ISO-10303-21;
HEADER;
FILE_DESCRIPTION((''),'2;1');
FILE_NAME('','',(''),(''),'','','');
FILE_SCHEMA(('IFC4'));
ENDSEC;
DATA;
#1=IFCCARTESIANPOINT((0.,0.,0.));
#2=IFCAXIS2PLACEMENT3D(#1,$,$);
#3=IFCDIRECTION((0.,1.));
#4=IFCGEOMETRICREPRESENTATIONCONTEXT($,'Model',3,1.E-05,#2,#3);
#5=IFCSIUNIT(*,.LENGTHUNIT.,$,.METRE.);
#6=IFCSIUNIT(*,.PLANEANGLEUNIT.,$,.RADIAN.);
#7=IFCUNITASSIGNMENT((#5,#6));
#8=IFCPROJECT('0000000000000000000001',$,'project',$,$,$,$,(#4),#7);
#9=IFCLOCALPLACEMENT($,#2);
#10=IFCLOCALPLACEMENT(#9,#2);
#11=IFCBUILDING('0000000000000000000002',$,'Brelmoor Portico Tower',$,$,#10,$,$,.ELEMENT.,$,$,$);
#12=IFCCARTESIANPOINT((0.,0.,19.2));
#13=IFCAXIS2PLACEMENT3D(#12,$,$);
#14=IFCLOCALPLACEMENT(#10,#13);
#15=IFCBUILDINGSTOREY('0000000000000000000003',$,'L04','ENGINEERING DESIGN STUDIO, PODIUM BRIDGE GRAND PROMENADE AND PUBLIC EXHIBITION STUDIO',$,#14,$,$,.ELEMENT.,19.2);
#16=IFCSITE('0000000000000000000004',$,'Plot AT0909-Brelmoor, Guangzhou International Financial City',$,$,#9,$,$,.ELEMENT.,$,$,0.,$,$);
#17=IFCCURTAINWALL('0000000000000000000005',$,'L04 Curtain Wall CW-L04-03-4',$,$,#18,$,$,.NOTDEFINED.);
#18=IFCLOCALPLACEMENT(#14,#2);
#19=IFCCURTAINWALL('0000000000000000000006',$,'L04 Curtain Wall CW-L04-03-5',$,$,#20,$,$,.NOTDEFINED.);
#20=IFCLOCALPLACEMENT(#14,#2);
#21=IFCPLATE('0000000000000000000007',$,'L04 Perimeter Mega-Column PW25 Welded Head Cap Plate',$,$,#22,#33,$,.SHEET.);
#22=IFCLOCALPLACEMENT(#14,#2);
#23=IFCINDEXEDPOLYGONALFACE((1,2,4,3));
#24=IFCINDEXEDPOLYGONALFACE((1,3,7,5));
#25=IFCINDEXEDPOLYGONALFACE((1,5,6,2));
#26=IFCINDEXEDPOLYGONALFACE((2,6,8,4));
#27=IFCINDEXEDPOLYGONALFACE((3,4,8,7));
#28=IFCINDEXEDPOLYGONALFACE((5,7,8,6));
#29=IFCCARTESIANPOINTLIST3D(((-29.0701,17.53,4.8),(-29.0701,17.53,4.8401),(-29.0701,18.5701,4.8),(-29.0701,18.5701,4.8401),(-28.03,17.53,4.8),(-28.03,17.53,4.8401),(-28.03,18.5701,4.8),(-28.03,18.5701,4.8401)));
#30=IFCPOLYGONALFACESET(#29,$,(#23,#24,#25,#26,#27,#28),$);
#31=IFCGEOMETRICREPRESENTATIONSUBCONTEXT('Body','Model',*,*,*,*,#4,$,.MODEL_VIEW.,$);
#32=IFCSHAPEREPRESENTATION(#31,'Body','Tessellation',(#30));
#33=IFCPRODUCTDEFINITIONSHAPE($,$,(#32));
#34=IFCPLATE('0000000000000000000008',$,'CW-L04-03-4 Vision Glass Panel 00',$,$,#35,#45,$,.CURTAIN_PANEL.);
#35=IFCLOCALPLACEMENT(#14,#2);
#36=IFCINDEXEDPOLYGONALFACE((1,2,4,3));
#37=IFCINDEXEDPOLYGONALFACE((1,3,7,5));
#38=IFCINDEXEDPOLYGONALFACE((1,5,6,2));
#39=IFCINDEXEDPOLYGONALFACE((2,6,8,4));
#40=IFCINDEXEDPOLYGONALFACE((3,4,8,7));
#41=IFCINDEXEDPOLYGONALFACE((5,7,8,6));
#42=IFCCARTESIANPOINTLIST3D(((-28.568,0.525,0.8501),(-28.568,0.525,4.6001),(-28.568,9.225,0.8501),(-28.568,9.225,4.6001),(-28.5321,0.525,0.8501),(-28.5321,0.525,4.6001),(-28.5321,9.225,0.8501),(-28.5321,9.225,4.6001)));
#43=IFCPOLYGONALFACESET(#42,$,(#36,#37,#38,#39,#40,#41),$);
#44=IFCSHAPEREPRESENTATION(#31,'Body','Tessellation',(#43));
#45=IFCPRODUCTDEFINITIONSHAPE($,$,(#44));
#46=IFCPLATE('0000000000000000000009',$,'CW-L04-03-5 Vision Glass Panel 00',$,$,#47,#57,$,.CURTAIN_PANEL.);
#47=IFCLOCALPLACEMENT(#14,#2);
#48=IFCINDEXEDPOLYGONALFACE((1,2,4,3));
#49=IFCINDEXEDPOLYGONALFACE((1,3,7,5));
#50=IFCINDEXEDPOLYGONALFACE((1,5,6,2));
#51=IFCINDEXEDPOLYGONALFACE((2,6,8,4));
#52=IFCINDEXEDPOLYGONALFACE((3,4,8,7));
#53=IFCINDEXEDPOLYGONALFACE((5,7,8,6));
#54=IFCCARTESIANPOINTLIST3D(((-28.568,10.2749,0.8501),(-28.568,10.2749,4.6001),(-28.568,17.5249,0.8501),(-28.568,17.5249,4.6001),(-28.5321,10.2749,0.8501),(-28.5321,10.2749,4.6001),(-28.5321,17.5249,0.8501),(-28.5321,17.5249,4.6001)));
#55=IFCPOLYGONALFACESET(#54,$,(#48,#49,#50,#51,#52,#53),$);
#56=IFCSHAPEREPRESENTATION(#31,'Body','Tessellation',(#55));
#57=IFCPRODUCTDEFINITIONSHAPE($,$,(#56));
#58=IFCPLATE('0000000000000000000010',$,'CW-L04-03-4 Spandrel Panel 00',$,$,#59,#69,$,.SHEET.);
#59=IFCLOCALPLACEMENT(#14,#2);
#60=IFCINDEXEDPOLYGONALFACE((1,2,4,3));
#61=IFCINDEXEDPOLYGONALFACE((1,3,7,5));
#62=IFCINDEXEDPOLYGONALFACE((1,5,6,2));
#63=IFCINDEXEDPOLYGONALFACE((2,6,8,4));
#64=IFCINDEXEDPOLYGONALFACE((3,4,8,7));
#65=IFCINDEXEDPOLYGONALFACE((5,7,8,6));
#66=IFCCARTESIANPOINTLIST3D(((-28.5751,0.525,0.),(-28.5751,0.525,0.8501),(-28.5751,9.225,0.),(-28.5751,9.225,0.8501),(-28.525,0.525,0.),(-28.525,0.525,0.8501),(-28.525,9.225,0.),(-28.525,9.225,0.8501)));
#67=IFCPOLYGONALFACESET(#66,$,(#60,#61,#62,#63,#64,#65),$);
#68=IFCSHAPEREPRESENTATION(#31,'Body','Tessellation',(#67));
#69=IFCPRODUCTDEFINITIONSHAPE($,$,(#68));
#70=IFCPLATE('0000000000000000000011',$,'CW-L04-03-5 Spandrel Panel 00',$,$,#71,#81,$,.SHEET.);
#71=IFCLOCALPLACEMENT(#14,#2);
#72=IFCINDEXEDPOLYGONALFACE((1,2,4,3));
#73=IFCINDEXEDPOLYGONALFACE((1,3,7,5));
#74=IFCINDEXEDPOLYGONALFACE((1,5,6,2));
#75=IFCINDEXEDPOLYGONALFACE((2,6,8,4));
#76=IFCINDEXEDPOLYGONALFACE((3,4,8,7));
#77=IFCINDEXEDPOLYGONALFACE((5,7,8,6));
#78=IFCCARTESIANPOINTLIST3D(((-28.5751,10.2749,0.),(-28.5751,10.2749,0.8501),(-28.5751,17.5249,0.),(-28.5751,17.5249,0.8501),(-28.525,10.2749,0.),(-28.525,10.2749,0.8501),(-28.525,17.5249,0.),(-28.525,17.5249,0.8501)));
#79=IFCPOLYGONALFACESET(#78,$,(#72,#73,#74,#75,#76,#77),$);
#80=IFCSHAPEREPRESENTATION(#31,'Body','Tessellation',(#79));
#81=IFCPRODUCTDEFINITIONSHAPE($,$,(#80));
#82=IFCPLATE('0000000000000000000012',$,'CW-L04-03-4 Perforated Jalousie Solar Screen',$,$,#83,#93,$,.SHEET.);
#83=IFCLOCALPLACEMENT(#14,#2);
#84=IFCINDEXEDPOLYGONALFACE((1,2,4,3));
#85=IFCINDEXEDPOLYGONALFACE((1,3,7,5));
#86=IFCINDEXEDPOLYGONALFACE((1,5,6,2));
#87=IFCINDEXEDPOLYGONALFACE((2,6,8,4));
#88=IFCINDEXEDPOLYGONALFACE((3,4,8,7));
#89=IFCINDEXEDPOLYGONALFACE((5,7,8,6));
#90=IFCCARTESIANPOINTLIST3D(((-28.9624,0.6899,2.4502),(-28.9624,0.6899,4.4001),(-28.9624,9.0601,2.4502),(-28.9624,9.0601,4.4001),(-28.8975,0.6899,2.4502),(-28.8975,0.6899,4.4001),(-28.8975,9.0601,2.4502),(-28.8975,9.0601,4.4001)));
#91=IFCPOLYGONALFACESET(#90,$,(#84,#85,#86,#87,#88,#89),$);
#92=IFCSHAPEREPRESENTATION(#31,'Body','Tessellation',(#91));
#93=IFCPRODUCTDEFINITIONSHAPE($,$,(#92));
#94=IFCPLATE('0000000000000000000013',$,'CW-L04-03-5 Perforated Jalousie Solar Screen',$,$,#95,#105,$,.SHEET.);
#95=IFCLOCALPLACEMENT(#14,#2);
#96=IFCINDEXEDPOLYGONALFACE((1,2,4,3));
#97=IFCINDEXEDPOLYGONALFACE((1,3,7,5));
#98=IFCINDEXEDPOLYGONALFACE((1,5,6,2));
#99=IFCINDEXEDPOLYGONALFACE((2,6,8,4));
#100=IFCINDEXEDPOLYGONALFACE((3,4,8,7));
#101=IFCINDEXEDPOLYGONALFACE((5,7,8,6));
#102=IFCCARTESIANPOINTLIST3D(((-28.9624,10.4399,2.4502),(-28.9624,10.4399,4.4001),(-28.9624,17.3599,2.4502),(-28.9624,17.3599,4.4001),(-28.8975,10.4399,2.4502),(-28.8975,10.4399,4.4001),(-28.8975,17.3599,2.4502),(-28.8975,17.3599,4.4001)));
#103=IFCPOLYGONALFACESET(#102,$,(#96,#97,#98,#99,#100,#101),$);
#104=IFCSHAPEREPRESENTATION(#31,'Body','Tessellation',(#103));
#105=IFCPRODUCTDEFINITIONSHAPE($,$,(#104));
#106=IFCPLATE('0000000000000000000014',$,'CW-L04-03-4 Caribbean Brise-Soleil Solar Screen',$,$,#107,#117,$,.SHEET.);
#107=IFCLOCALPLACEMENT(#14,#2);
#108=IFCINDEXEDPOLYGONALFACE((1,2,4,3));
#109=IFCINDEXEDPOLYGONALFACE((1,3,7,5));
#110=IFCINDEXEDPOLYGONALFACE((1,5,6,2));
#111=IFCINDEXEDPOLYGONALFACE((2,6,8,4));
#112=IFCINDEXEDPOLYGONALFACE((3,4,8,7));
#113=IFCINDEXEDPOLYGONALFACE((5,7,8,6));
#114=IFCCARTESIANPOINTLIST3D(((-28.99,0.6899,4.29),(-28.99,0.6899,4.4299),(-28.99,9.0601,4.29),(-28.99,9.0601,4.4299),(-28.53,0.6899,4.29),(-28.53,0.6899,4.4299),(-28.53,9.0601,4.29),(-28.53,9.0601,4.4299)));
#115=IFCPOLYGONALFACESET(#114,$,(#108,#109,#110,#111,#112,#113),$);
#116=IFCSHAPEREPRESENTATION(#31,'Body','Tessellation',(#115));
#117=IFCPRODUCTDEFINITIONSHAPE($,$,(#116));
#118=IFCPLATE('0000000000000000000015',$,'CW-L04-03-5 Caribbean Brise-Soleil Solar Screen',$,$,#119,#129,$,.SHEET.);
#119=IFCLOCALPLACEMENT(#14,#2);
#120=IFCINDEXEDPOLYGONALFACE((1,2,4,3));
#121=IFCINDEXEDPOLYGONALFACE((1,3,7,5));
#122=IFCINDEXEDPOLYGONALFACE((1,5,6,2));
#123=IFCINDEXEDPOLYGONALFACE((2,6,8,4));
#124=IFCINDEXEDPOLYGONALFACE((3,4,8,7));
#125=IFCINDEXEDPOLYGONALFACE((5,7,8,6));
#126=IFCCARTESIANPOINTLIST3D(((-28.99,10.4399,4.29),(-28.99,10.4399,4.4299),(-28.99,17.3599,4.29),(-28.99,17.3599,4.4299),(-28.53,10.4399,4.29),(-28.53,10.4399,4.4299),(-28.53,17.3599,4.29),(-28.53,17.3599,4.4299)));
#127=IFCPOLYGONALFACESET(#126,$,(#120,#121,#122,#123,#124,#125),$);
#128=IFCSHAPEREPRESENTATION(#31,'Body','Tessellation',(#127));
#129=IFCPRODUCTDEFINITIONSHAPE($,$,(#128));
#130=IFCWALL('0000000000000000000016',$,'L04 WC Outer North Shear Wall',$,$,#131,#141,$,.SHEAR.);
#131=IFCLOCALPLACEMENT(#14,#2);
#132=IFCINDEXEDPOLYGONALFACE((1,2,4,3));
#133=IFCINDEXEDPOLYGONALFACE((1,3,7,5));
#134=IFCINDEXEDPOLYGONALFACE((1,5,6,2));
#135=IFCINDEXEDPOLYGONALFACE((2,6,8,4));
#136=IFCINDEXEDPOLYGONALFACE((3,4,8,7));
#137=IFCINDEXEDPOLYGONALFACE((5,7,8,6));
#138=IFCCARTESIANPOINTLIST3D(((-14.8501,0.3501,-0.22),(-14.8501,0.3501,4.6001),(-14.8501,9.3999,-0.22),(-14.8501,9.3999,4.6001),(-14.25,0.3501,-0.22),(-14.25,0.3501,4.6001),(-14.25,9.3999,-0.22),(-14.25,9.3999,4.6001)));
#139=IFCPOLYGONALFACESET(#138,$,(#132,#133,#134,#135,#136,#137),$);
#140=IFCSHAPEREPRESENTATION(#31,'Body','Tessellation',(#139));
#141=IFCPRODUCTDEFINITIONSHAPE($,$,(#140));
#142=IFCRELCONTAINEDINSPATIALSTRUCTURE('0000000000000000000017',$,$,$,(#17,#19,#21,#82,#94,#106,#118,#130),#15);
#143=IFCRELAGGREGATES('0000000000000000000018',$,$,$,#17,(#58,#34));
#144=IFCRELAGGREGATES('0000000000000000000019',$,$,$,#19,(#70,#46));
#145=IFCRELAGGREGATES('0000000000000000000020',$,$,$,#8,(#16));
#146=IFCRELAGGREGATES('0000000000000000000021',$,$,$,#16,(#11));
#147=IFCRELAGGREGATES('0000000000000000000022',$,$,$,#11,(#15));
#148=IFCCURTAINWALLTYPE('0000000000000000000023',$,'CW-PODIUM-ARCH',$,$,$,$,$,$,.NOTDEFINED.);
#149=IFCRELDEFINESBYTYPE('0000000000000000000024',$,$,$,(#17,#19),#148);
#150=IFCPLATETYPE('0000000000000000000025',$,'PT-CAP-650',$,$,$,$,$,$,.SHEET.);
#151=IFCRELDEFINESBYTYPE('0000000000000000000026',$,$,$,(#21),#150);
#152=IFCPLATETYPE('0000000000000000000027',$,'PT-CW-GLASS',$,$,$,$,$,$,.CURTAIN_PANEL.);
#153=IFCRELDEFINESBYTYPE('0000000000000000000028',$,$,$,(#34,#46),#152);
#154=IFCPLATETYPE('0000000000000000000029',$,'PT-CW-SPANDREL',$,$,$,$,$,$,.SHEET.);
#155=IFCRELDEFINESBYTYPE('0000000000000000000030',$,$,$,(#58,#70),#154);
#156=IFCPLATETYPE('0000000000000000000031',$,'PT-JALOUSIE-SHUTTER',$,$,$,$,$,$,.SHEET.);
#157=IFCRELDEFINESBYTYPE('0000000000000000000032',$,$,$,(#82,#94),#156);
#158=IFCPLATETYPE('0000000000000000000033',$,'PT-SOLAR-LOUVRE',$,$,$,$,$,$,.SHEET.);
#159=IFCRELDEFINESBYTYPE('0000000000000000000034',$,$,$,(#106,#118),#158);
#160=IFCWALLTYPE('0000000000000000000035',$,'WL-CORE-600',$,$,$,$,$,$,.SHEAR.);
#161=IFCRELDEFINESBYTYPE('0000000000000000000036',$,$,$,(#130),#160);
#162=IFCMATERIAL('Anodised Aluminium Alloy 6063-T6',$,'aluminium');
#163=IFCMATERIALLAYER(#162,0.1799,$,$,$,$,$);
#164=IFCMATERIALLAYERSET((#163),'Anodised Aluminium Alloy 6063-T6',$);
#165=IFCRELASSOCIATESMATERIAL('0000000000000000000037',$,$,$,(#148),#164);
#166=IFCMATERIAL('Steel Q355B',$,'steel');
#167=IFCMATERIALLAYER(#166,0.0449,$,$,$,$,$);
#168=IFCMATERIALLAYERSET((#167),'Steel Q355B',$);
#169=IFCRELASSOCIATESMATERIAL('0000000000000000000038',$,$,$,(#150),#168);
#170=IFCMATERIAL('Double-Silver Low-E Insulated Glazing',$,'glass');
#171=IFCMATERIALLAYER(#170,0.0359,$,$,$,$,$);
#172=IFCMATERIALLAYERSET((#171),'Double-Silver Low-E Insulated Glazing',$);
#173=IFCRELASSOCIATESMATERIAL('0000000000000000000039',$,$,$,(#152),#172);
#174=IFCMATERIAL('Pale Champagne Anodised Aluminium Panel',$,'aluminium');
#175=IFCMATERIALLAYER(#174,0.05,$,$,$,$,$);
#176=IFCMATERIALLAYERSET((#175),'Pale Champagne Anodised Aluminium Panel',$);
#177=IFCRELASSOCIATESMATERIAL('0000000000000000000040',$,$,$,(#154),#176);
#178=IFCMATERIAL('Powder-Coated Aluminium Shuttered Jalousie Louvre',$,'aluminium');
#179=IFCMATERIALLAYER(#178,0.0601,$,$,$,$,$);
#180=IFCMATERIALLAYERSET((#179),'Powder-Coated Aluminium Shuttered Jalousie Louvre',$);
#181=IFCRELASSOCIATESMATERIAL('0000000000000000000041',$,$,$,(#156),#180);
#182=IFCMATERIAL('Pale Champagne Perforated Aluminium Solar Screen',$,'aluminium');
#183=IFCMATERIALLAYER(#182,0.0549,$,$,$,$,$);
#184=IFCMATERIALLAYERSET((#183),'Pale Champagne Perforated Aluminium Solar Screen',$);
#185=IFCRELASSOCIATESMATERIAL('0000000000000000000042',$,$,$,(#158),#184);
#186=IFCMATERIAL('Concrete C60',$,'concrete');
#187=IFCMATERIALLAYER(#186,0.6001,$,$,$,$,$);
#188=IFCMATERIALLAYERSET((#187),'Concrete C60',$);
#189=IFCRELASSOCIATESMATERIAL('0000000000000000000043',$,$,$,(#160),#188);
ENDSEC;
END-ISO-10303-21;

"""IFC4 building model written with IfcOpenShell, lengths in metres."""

from ifc_helpers import new_model, si_unit, direction, frame, frame_2d, origin, origin_2d, place, context, subcontext, project, spatial, rectangle, extrude, material, layer, layer_set, type_object, element, aggregate, save


model = new_model("IFC4")

# Units and contexts
model_context = context("Model", 3, precision=1e-05, world=origin(), true_north=direction((0.0, 1.0)))
body_context = subcontext(model_context, "Body", "Model", "MODEL_VIEW")
ifc_project = project(units=[si_unit("LENGTHUNIT", "METRE"), si_unit("PLANEANGLEUNIT", "RADIAN")], contexts=[model_context])

# Site, building, storey
site_placement = place(None, origin())
site = spatial("IfcSite", under=ifc_project, at=site_placement, Name="Plot AT0909-Brelmoor, Guangzhou International Financial City", CompositionType="ELEMENT", RefElevation=0.0)
building_placement = place(site_placement, origin())
building = spatial("IfcBuilding", under=site, at=building_placement, Name="Brelmoor Portico Tower", CompositionType="ELEMENT")
storey_placement = place(building_placement, frame((0.0, 0.0, 19.2)))
storey = spatial("IfcBuildingStorey", under=building, at=storey_placement, Name="L04", Description="ENGINEERING DESIGN STUDIO, PODIUM BRIDGE GRAND PROMENADE AND PUBLIC EXHIBITION STUDIO", CompositionType="ELEMENT", Elevation=19.2)

# Shared definitions
ifc_material_1 = material(Name="Steel Q355B", Category="steel")

# Curtain walls
ifc_material_2 = material(Name="Anodised Aluminium Alloy 6063-T6", Category="aluminium")
ifc_layer_1 = layer(ifc_material_2, 0.1799)
ifc_layer_set_1 = layer_set([ifc_layer_1], Name="Anodised Aluminium Alloy 6063-T6")
curtain_wall_type = type_object("IfcCurtainWallType", Name="CW-PODIUM-ARCH", PredefinedType="NOTDEFINED", material=ifc_layer_set_1)
curtain_wall_1_placement = place(storey_placement, origin())
curtain_wall_1 = element("IfcCurtainWall", 1, at=curtain_wall_1_placement, inside=storey, type_object=curtain_wall_type, Name="L04 Curtain Wall CW-L04-03-4", PredefinedType="NOTDEFINED")
curtain_wall_2_placement = place(storey_placement, origin())
curtain_wall_2 = element("IfcCurtainWall", 2, at=curtain_wall_2_placement, inside=storey, type_object=curtain_wall_type, Name="L04 Curtain Wall CW-L04-03-5", PredefinedType="NOTDEFINED")

# Plate
ifc_layer_2 = layer(ifc_material_1, 0.0449)
ifc_layer_set_2 = layer_set([ifc_layer_2], Name="Steel Q355B")
plate_type_1 = type_object("IfcPlateType", Name="PT-CAP-650", PredefinedType="SHEET", material=ifc_layer_set_2)
for number, where, z_axis, x_axis, name in (
    (3, (-28.55, 18.05, 4.8), (0.0, 0.0, 1.0), (0.0, 1.0, 0.0), "L04 Perimeter Mega-Column PW25 Welded Head Cap Plate"),
):
    element("IfcPlate", number, at=place(storey_placement, frame(where, z_axis=z_axis, x_axis=x_axis)), inside=storey, type_object=plate_type_1, Name=name, PredefinedType="SHEET", context=body_context, shape_type="SweptSolid", body=[
        extrude(rectangle(XDim=1.04, YDim=1.04, at=origin_2d()), origin(), (0.0, 0.0, 1.0), 0.04),
    ])

# Plates
ifc_material_3 = material(Name="Double-Silver Low-E Insulated Glazing", Category="glass")
ifc_layer_3 = layer(ifc_material_3, 0.0359)
ifc_layer_set_3 = layer_set([ifc_layer_3], Name="Double-Silver Low-E Insulated Glazing")
plate_type_2 = type_object("IfcPlateType", Name="PT-CW-GLASS", PredefinedType="CURTAIN_PANEL", material=ifc_layer_set_3)
plate_1_placement = place(storey_placement, frame((-28.55, 4.875, 0.8501), z_axis=(0.0, 0.0, 1.0), x_axis=(0.0, 1.0, 0.0)))
plate_1 = element("IfcPlate", 4, at=plate_1_placement, type_object=plate_type_2, Name="CW-L04-03-4 Vision Glass Panel 00", PredefinedType="CURTAIN_PANEL", context=body_context, shape_type="SweptSolid", body=[
    extrude(rectangle(XDim=8.7, YDim=0.0359, at=origin_2d()), origin(), (0.0, 0.0, 1.0), 3.75),
])
plate_2_placement = place(storey_placement, frame((-28.55, 13.8999, 0.8501), z_axis=(0.0, 0.0, 1.0), x_axis=(0.0, 1.0, 0.0)))
plate_2 = element("IfcPlate", 5, at=plate_2_placement, type_object=plate_type_2, Name="CW-L04-03-5 Vision Glass Panel 00", PredefinedType="CURTAIN_PANEL", context=body_context, shape_type="SweptSolid", body=[
    extrude(rectangle(XDim=7.25, YDim=0.0359, at=origin_2d()), origin(), (0.0, 0.0, 1.0), 3.75),
])
ifc_material_4 = material(Name="Pale Champagne Anodised Aluminium Panel", Category="aluminium")
ifc_layer_4 = layer(ifc_material_4, 0.05)
ifc_layer_set_4 = layer_set([ifc_layer_4], Name="Pale Champagne Anodised Aluminium Panel")
plate_type_3 = type_object("IfcPlateType", Name="PT-CW-SPANDREL", PredefinedType="SHEET", material=ifc_layer_set_4)
plate_3_placement = place(storey_placement, frame((-28.55, 4.875, 0.0), z_axis=(0.0, 0.0, 1.0), x_axis=(0.0, 1.0, 0.0)))
plate_3 = element("IfcPlate", 6, at=plate_3_placement, type_object=plate_type_3, Name="CW-L04-03-4 Spandrel Panel 00", PredefinedType="SHEET", context=body_context, shape_type="SweptSolid", body=[
    extrude(rectangle(XDim=8.7, YDim=0.05, at=origin_2d()), origin(), (0.0, 0.0, 1.0), 0.8501),
])
aggregate(curtain_wall_1, [plate_3, plate_1])
plate_4_placement = place(storey_placement, frame((-28.55, 13.8999, 0.0), z_axis=(0.0, 0.0, 1.0), x_axis=(0.0, 1.0, 0.0)))
plate_4 = element("IfcPlate", 7, at=plate_4_placement, type_object=plate_type_3, Name="CW-L04-03-5 Spandrel Panel 00", PredefinedType="SHEET", context=body_context, shape_type="SweptSolid", body=[
    extrude(rectangle(XDim=7.25, YDim=0.05, at=origin_2d()), origin(), (0.0, 0.0, 1.0), 0.8501),
])
aggregate(curtain_wall_2, [plate_4, plate_2])

# Plates
ifc_material_5 = material(Name="Powder-Coated Aluminium Shuttered Jalousie Louvre", Category="aluminium")
ifc_layer_5 = layer(ifc_material_5, 0.0601)
ifc_layer_set_5 = layer_set([ifc_layer_5], Name="Powder-Coated Aluminium Shuttered Jalousie Louvre")
plate_type_4 = type_object("IfcPlateType", Name="PT-JALOUSIE-SHUTTER", PredefinedType="SHEET", material=ifc_layer_set_5)
plate_5_placement = place(storey_placement, frame((-28.9299, 4.875, 2.4502), z_axis=(0.0, 0.0, 1.0), x_axis=(0.0, 1.0, 0.0)))
element("IfcPlate", 8, at=plate_5_placement, inside=storey, type_object=plate_type_4, Name="CW-L04-03-4 Perforated Jalousie Solar Screen", PredefinedType="SHEET", context=body_context, shape_type="SweptSolid", body=[
    extrude(rectangle(XDim=8.3701, YDim=0.0649, at=origin_2d()), origin(), (0.0, 0.0, 1.0), 1.95),
])
plate_6_placement = place(storey_placement, frame((-28.9299, 13.8999, 2.4502), z_axis=(0.0, 0.0, 1.0), x_axis=(0.0, 1.0, 0.0)))
element("IfcPlate", 9, at=plate_6_placement, inside=storey, type_object=plate_type_4, Name="CW-L04-03-5 Perforated Jalousie Solar Screen", PredefinedType="SHEET", context=body_context, shape_type="SweptSolid", body=[
    extrude(rectangle(XDim=6.9199, YDim=0.0649, at=origin_2d()), origin(), (0.0, 0.0, 1.0), 1.95),
])
ifc_material_6 = material(Name="Pale Champagne Perforated Aluminium Solar Screen", Category="aluminium")
ifc_layer_6 = layer(ifc_material_6, 0.0549)
ifc_layer_set_6 = layer_set([ifc_layer_6], Name="Pale Champagne Perforated Aluminium Solar Screen")
plate_type_5 = type_object("IfcPlateType", Name="PT-SOLAR-LOUVRE", PredefinedType="SHEET", material=ifc_layer_set_6)
plate_7_placement = place(storey_placement, frame((-28.76, 4.875, 4.29), z_axis=(0.0, 0.0, 1.0), x_axis=(0.0, 1.0, 0.0)))
element("IfcPlate", 10, at=plate_7_placement, inside=storey, type_object=plate_type_5, Name="CW-L04-03-4 Caribbean Brise-Soleil Solar Screen", PredefinedType="SHEET", context=body_context, shape_type="SweptSolid", body=[
    extrude(rectangle(XDim=8.3701, YDim=0.46, at=origin_2d()), origin(), (0.0, 0.0, 1.0), 0.1399),
])
plate_8_placement = place(storey_placement, frame((-28.76, 13.8999, 4.29), z_axis=(0.0, 0.0, 1.0), x_axis=(0.0, 1.0, 0.0)))
element("IfcPlate", 11, at=plate_8_placement, inside=storey, type_object=plate_type_5, Name="CW-L04-03-5 Caribbean Brise-Soleil Solar Screen", PredefinedType="SHEET", context=body_context, shape_type="SweptSolid", body=[
    extrude(rectangle(XDim=6.9199, YDim=0.46, at=origin_2d()), origin(), (0.0, 0.0, 1.0), 0.1399),
])

# Wall
ifc_material_7 = material(Name="Concrete C60", Category="concrete")
ifc_layer_7 = layer(ifc_material_7, 0.6001)
ifc_layer_set_7 = layer_set([ifc_layer_7], Name="Concrete C60")
wall_type = type_object("IfcWallType", Name="WL-CORE-600", PredefinedType="SHEAR", material=ifc_layer_set_7)
wall_placement = place(storey_placement, frame((-14.55, 0.3501, -0.22), z_axis=(0.0, 0.0, 1.0), x_axis=(0.0, 1.0, 0.0)))
element("IfcWall", 12, at=wall_placement, inside=storey, type_object=wall_type, Name="L04 WC Outer North Shear Wall", PredefinedType="SHEAR", context=body_context, shape_type="SweptSolid", body=[
    extrude(rectangle(XDim=9.0498, YDim=0.6001, at=frame_2d((4.5249, 0.0))), origin(), (0.0, 0.0, 1.0), 4.8201),
])

save(model, "model.ifc")
